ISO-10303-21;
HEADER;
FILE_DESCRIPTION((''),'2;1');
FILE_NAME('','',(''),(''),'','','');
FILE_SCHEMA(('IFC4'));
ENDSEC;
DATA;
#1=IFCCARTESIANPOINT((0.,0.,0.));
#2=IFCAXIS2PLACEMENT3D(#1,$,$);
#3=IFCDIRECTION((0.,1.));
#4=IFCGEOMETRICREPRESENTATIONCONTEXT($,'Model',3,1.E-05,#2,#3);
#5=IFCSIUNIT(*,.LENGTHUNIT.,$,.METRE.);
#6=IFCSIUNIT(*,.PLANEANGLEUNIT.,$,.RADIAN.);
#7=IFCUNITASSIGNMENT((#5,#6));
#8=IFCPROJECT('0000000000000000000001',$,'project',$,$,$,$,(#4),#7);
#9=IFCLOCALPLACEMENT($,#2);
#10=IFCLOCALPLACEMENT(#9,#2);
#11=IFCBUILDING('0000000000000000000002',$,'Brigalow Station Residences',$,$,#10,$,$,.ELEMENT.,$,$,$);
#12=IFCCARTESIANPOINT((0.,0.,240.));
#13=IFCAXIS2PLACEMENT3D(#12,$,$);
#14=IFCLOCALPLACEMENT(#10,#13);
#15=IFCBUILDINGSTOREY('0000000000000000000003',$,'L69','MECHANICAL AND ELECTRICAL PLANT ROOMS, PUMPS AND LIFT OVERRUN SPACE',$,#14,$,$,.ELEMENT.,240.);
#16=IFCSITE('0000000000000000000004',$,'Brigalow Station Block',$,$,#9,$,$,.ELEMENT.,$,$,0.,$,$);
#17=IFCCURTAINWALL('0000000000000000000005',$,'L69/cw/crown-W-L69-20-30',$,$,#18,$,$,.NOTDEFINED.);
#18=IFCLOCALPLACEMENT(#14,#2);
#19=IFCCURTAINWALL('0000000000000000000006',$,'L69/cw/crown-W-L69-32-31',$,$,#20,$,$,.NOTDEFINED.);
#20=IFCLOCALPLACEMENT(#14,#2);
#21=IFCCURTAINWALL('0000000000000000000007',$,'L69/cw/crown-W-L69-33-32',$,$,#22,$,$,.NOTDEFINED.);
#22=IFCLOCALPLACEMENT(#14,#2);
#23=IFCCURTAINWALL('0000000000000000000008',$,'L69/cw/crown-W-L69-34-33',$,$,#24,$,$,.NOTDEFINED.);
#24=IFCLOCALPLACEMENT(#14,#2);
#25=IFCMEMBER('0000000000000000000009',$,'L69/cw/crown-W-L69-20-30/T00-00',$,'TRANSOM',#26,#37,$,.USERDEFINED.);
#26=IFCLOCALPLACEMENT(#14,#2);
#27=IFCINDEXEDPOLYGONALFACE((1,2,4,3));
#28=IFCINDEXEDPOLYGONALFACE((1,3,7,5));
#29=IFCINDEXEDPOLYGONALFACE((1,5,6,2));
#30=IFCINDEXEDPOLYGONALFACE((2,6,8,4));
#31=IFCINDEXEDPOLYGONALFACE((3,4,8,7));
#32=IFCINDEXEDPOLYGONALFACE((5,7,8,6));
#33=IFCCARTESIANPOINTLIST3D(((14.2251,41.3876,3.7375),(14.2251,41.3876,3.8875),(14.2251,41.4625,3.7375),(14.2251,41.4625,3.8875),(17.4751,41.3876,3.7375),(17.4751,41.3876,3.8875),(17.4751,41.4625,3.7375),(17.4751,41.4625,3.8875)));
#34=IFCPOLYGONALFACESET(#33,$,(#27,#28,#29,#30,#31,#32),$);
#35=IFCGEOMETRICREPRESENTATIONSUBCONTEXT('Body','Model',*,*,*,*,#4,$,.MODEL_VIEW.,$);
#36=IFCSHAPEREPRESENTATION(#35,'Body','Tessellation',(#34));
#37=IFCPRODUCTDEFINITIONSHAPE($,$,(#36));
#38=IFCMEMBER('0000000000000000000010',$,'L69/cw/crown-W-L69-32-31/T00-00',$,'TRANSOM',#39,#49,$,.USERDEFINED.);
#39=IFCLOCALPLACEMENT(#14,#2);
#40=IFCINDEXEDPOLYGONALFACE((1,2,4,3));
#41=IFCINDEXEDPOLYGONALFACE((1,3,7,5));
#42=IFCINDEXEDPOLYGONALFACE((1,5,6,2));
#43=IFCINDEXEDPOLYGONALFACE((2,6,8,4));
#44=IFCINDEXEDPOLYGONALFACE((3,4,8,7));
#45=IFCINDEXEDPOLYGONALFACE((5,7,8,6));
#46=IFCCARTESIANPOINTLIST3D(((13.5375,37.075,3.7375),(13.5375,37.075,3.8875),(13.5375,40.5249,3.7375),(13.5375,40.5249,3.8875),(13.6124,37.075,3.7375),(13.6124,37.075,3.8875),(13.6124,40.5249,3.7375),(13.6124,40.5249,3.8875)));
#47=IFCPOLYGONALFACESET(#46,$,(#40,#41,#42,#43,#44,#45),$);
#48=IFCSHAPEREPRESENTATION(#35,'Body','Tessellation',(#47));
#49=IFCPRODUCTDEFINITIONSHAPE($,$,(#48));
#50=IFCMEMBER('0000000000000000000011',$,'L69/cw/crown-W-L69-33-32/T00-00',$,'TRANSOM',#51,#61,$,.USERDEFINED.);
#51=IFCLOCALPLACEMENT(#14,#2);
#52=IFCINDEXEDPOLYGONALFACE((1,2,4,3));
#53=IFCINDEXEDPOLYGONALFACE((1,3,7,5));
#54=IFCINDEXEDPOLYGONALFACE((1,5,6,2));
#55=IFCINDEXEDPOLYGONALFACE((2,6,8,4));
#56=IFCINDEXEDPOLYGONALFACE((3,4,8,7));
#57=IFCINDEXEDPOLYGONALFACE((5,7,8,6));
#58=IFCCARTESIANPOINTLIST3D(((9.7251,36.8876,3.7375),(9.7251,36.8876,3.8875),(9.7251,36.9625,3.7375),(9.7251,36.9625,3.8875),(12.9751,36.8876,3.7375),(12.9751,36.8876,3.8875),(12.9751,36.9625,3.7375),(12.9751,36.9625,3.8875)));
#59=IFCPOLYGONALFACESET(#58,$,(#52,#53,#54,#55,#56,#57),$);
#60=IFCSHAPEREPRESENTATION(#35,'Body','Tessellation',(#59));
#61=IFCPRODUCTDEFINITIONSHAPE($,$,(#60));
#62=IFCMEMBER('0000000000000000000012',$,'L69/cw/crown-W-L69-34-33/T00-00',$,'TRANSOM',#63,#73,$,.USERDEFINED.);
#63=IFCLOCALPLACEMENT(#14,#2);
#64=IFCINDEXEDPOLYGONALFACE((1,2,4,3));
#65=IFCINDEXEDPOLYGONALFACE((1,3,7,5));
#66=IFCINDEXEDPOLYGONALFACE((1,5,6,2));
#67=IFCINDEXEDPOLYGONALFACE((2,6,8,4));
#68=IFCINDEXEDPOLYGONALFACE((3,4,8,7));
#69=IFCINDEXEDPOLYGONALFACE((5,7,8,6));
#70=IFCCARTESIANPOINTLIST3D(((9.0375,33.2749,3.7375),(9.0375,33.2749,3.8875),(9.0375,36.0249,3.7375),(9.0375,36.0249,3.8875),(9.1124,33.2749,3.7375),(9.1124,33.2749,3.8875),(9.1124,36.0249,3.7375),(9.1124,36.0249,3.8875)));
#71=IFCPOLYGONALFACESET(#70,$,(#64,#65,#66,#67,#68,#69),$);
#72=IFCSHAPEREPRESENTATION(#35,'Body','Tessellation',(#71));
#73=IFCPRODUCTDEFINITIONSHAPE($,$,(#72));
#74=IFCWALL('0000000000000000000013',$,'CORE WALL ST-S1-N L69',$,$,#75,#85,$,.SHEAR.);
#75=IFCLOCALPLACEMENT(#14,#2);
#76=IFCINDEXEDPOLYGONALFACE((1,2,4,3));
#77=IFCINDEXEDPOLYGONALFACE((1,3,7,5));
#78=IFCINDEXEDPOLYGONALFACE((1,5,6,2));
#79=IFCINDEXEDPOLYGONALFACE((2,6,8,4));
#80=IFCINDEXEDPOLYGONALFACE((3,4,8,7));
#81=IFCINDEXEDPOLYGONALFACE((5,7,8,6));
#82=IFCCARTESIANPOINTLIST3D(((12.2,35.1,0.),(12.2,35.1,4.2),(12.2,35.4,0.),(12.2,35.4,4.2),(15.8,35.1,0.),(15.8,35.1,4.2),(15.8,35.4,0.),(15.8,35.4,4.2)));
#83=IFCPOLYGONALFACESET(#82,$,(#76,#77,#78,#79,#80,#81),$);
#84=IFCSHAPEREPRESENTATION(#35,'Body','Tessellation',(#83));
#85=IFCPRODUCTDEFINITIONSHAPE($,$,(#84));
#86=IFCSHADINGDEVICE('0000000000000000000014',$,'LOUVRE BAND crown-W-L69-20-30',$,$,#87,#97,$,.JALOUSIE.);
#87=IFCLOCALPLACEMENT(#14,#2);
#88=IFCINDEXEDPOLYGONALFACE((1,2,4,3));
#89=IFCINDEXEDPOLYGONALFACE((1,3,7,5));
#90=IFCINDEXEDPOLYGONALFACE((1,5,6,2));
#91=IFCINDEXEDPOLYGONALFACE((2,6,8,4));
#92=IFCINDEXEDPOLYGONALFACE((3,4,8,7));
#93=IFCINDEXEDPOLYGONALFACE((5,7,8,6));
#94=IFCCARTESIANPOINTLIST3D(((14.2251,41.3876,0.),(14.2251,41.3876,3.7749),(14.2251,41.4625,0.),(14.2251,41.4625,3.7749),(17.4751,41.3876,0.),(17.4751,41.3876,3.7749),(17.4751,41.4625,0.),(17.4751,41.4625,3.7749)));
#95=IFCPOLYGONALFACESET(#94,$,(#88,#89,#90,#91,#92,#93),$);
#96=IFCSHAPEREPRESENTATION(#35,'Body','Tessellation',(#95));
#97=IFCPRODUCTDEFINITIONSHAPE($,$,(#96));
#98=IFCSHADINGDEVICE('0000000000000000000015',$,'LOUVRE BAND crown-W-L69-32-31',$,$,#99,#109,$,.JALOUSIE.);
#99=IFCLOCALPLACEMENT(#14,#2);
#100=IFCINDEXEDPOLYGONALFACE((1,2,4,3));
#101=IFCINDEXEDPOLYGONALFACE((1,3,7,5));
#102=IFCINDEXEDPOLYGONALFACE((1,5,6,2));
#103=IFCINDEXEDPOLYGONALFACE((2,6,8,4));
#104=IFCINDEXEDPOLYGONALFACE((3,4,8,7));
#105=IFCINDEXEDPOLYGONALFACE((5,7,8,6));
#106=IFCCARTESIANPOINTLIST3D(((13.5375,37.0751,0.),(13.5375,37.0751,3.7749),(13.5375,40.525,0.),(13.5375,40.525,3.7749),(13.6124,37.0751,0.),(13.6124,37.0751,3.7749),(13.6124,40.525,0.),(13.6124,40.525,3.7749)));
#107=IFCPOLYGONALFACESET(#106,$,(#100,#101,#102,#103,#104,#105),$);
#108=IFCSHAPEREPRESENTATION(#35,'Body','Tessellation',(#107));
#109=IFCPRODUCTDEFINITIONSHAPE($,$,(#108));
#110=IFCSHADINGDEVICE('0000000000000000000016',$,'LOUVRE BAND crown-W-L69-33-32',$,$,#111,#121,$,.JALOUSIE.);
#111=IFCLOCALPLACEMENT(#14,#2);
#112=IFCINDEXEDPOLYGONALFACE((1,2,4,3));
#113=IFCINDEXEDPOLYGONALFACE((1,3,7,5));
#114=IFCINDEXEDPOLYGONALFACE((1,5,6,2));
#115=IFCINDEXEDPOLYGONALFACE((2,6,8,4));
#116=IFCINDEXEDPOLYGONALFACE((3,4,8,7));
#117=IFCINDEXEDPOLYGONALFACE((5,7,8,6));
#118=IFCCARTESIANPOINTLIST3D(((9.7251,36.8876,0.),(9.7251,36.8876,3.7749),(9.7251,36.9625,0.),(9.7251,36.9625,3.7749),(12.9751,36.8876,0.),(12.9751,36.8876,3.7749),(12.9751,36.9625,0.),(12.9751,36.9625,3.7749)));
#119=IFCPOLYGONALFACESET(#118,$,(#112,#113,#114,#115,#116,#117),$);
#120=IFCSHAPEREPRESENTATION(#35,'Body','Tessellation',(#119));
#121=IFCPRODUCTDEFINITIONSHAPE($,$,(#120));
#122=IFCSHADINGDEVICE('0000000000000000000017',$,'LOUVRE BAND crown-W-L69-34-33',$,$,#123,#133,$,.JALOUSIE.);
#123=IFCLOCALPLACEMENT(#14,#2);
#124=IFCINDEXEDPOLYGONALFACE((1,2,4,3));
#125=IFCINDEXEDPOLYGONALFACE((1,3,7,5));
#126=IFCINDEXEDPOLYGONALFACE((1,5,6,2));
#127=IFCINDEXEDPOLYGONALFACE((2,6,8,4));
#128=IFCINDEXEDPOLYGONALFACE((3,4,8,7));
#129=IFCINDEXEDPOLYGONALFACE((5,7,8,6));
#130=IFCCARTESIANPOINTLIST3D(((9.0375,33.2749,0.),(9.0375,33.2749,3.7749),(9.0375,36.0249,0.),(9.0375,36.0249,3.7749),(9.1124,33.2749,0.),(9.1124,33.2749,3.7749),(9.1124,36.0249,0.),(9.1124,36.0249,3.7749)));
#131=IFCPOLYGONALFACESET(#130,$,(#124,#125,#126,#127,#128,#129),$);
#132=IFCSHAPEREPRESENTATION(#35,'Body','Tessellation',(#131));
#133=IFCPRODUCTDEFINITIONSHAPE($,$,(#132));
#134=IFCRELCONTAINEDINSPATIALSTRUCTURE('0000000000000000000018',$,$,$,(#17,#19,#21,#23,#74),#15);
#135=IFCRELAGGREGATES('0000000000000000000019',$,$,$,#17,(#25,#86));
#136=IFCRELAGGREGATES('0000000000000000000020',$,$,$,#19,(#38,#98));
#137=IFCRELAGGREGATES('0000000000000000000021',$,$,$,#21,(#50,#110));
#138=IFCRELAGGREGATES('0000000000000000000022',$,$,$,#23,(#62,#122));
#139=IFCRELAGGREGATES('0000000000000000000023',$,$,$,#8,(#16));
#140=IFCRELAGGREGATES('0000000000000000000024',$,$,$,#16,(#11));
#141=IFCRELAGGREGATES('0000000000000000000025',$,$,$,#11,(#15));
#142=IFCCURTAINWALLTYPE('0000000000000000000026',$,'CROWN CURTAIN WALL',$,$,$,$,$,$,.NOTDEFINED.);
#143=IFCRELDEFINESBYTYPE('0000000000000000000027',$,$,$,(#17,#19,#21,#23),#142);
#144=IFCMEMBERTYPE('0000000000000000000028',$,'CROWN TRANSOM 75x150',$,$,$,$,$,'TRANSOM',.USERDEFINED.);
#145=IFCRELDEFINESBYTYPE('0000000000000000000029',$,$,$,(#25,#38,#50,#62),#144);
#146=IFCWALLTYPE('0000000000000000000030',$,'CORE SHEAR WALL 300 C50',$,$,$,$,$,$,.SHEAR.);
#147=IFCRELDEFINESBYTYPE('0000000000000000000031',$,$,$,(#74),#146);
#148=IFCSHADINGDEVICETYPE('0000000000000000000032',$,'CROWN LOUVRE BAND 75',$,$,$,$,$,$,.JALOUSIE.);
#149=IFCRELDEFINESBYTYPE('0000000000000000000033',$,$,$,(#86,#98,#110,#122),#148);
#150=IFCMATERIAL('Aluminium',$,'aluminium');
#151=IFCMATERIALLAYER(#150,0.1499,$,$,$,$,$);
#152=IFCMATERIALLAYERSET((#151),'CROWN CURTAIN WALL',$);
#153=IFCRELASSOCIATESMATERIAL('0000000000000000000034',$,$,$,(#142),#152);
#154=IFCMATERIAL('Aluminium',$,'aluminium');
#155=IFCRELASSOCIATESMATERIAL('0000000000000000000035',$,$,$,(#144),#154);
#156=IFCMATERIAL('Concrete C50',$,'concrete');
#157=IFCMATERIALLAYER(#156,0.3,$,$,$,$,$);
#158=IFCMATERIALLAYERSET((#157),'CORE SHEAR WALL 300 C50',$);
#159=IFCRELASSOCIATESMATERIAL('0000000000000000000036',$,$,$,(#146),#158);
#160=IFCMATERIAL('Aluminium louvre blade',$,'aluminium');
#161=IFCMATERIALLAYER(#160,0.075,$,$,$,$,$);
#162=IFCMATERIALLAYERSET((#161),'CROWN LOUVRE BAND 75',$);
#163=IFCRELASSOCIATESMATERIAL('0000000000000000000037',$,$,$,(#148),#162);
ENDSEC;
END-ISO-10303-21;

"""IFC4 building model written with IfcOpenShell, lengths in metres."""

from ifc_helpers import new_model, si_unit, direction, frame, frame_2d, origin, origin_2d, place, context, subcontext, project, spatial, rectangle, extrude, material, layer, layer_set, material_profile, profile_set, type_object, element, aggregate, save


model = new_model("IFC4")

# Units and contexts
model_context = context("Model", 3, precision=1e-05, world=origin(), true_north=direction((0.0, 1.0)))
body_context = subcontext(model_context, "Body", "Model", "MODEL_VIEW")
ifc_project = project(units=[si_unit("LENGTHUNIT", "METRE"), si_unit("PLANEANGLEUNIT", "RADIAN")], contexts=[model_context])

# Site, building, storey
site_placement = place(None, origin())
site = spatial("IfcSite", under=ifc_project, at=site_placement, Name="Brigalow Station Block", CompositionType="ELEMENT", RefElevation=0.0)
building_placement = place(site_placement, origin())
building = spatial("IfcBuilding", under=site, at=building_placement, Name="Brigalow Station Residences", CompositionType="ELEMENT")
storey_placement = place(building_placement, frame((0.0, 0.0, 240.0)))
storey = spatial("IfcBuildingStorey", under=building, at=storey_placement, Name="L69", Description="MECHANICAL AND ELECTRICAL PLANT ROOMS, PUMPS AND LIFT OVERRUN SPACE", CompositionType="ELEMENT", Elevation=240.0)

# Curtain walls
ifc_material_1 = material(Name="Aluminium", Category="aluminium")
ifc_layer_1 = layer(ifc_material_1, 0.1499)
ifc_layer_set_1 = layer_set([ifc_layer_1], Name="CROWN CURTAIN WALL")
curtain_wall_type = type_object("IfcCurtainWallType", Name="CROWN CURTAIN WALL", PredefinedType="NOTDEFINED", material=ifc_layer_set_1)
curtain_wall_1_placement = place(storey_placement, origin())
curtain_wall_1 = element("IfcCurtainWall", 1, at=curtain_wall_1_placement, inside=storey, type_object=curtain_wall_type, Name="L69/cw/crown-W-L69-20-30", PredefinedType="NOTDEFINED")
curtain_wall_2_placement = place(storey_placement, origin())
curtain_wall_2 = element("IfcCurtainWall", 2, at=curtain_wall_2_placement, inside=storey, type_object=curtain_wall_type, Name="L69/cw/crown-W-L69-32-31", PredefinedType="NOTDEFINED")
curtain_wall_3_placement = place(storey_placement, origin())
curtain_wall_3 = element("IfcCurtainWall", 3, at=curtain_wall_3_placement, inside=storey, type_object=curtain_wall_type, Name="L69/cw/crown-W-L69-33-32", PredefinedType="NOTDEFINED")
curtain_wall_4_placement = place(storey_placement, origin())
curtain_wall_4 = element("IfcCurtainWall", 4, at=curtain_wall_4_placement, inside=storey, type_object=curtain_wall_type, Name="L69/cw/crown-W-L69-34-33", PredefinedType="NOTDEFINED")

# Members
ifc_material_2 = material(Name="Aluminium", Category="aluminium")
ifc_material_profile_1 = material_profile(ifc_material_2, rectangle(XDim=0.075, YDim=0.1499, at=origin_2d()), Name="CROWN TRANSOM 75x150")
ifc_profile_set_1 = profile_set([ifc_material_profile_1], Name="Aluminium")
member_type_1 = type_object("IfcMemberType", Name="CROWN TRANSOM 75x150", ElementType="TRANSOM", PredefinedType="USERDEFINED", material=ifc_profile_set_1)
member_1_placement = place(storey_placement, frame((17.4751, 41.425, 3.8125), z_axis=(-1.0, 0.0, 0.0), x_axis=(0.0, -1.0, 0.0)))
member_1 = element("IfcMember", 5, at=member_1_placement, type_object=member_type_1, Name="L69/cw/crown-W-L69-20-30/T00-00", ObjectType="TRANSOM", PredefinedType="USERDEFINED", context=body_context, shape_type="SweptSolid", body=[
    extrude(rectangle(XDim=0.075, YDim=0.1499, at=origin_2d()), origin(), (0.0, 0.0, 1.0), 3.25),
])
member_2_placement = place(storey_placement, frame((13.575, 40.5249, 3.8125), z_axis=(0.0, -1.0, 0.0), x_axis=(1.0, 0.0, 0.0)))
member_2 = element("IfcMember", 6, at=member_2_placement, type_object=member_type_1, Name="L69/cw/crown-W-L69-32-31/T00-00", ObjectType="TRANSOM", PredefinedType="USERDEFINED", context=body_context, shape_type="SweptSolid", body=[
    extrude(rectangle(XDim=0.075, YDim=0.1499, at=origin_2d()), origin(), (0.0, 0.0, 1.0), 3.45),
])
member_3_placement = place(storey_placement, frame((12.9751, 36.925, 3.8125), z_axis=(-1.0, 0.0, 0.0), x_axis=(0.0, -1.0, 0.0)))
member_3 = element("IfcMember", 7, at=member_3_placement, type_object=member_type_1, Name="L69/cw/crown-W-L69-33-32/T00-00", ObjectType="TRANSOM", PredefinedType="USERDEFINED", context=body_context, shape_type="SweptSolid", body=[
    extrude(rectangle(XDim=0.075, YDim=0.1499, at=origin_2d()), origin(), (0.0, 0.0, 1.0), 3.25),
])
member_4_placement = place(storey_placement, frame((9.075, 36.0249, 3.8125), z_axis=(0.0, -1.0, 0.0), x_axis=(1.0, 0.0, 0.0)))
member_4 = element("IfcMember", 8, at=member_4_placement, type_object=member_type_1, Name="L69/cw/crown-W-L69-34-33/T00-00", ObjectType="TRANSOM", PredefinedType="USERDEFINED", context=body_context, shape_type="SweptSolid", body=[
    extrude(rectangle(XDim=0.075, YDim=0.1499, at=origin_2d()), origin(), (0.0, 0.0, 1.0), 2.75),
])

# Wall
ifc_material_3 = material(Name="Concrete C50", Category="concrete")
ifc_layer_2 = layer(ifc_material_3, 0.3)
ifc_layer_set_2 = layer_set([ifc_layer_2], Name="CORE SHEAR WALL 300 C50")
wall_type = type_object("IfcWallType", Name="CORE SHEAR WALL 300 C50", PredefinedType="SHEAR", material=ifc_layer_set_2)
wall_placement = place(storey_placement, frame((12.2, 35.25, 0.0), z_axis=(0.0, 0.0, 1.0), x_axis=(1.0, 0.0, 0.0)))
element("IfcWall", 9, at=wall_placement, inside=storey, type_object=wall_type, Name="CORE WALL ST-S1-N L69", PredefinedType="SHEAR", context=body_context, shape_type="SweptSolid", body=[
    extrude(rectangle(XDim=3.6001, YDim=0.3, at=frame_2d((1.8, 0.0))), origin(), (0.0, 0.0, 1.0), 4.2),
])

# Shading devices
ifc_material_4 = material(Name="Aluminium louvre blade", Category="aluminium")
ifc_layer_3 = layer(ifc_material_4, 0.075)
ifc_layer_set_3 = layer_set([ifc_layer_3], Name="CROWN LOUVRE BAND 75")
shading_device_type = type_object("IfcShadingDeviceType", Name="CROWN LOUVRE BAND 75", PredefinedType="JALOUSIE", material=ifc_layer_set_3)
shading_device_1_placement = place(storey_placement, frame((15.8501, 41.425, 0.0), z_axis=(0.0, 0.0, 1.0), x_axis=(-1.0, 0.0, 0.0)))
shading_device_1 = element("IfcShadingDevice", 10, at=shading_device_1_placement, type_object=shading_device_type, Name="LOUVRE BAND crown-W-L69-20-30", PredefinedType="JALOUSIE", context=body_context, shape_type="SweptSolid", body=[
    extrude(rectangle(XDim=3.25, YDim=0.075, at=origin_2d()), origin(), (0.0, 0.0, 1.0), 3.7749),
])
aggregate(curtain_wall_1, [member_1, shading_device_1])
shading_device_2_placement = place(storey_placement, frame((13.575, 38.8, 0.0), z_axis=(0.0, 0.0, 1.0), x_axis=(0.0, -1.0, 0.0)))
shading_device_2 = element("IfcShadingDevice", 11, at=shading_device_2_placement, type_object=shading_device_type, Name="LOUVRE BAND crown-W-L69-32-31", PredefinedType="JALOUSIE", context=body_context, shape_type="SweptSolid", body=[
    extrude(rectangle(XDim=3.45, YDim=0.075, at=origin_2d()), origin(), (0.0, 0.0, 1.0), 3.7749),
])
aggregate(curtain_wall_2, [member_2, shading_device_2])
shading_device_3_placement = place(storey_placement, frame((11.3501, 36.925, 0.0), z_axis=(0.0, 0.0, 1.0), x_axis=(-1.0, 0.0, 0.0)))
shading_device_3 = element("IfcShadingDevice", 12, at=shading_device_3_placement, type_object=shading_device_type, Name="LOUVRE BAND crown-W-L69-33-32", PredefinedType="JALOUSIE", context=body_context, shape_type="SweptSolid", body=[
    extrude(rectangle(XDim=3.25, YDim=0.075, at=origin_2d()), origin(), (0.0, 0.0, 1.0), 3.7749),
])
aggregate(curtain_wall_3, [member_3, shading_device_3])
shading_device_4_placement = place(storey_placement, frame((9.075, 34.6499, 0.0), z_axis=(0.0, 0.0, 1.0), x_axis=(0.0, -1.0, 0.0)))
shading_device_4 = element("IfcShadingDevice", 13, at=shading_device_4_placement, type_object=shading_device_type, Name="LOUVRE BAND crown-W-L69-34-33", PredefinedType="JALOUSIE", context=body_context, shape_type="SweptSolid", body=[
    extrude(rectangle(XDim=2.75, YDim=0.075, at=origin_2d()), origin(), (0.0, 0.0, 1.0), 3.7749),
])
aggregate(curtain_wall_4, [member_4, shading_device_4])

save(model, "model.ifc")
